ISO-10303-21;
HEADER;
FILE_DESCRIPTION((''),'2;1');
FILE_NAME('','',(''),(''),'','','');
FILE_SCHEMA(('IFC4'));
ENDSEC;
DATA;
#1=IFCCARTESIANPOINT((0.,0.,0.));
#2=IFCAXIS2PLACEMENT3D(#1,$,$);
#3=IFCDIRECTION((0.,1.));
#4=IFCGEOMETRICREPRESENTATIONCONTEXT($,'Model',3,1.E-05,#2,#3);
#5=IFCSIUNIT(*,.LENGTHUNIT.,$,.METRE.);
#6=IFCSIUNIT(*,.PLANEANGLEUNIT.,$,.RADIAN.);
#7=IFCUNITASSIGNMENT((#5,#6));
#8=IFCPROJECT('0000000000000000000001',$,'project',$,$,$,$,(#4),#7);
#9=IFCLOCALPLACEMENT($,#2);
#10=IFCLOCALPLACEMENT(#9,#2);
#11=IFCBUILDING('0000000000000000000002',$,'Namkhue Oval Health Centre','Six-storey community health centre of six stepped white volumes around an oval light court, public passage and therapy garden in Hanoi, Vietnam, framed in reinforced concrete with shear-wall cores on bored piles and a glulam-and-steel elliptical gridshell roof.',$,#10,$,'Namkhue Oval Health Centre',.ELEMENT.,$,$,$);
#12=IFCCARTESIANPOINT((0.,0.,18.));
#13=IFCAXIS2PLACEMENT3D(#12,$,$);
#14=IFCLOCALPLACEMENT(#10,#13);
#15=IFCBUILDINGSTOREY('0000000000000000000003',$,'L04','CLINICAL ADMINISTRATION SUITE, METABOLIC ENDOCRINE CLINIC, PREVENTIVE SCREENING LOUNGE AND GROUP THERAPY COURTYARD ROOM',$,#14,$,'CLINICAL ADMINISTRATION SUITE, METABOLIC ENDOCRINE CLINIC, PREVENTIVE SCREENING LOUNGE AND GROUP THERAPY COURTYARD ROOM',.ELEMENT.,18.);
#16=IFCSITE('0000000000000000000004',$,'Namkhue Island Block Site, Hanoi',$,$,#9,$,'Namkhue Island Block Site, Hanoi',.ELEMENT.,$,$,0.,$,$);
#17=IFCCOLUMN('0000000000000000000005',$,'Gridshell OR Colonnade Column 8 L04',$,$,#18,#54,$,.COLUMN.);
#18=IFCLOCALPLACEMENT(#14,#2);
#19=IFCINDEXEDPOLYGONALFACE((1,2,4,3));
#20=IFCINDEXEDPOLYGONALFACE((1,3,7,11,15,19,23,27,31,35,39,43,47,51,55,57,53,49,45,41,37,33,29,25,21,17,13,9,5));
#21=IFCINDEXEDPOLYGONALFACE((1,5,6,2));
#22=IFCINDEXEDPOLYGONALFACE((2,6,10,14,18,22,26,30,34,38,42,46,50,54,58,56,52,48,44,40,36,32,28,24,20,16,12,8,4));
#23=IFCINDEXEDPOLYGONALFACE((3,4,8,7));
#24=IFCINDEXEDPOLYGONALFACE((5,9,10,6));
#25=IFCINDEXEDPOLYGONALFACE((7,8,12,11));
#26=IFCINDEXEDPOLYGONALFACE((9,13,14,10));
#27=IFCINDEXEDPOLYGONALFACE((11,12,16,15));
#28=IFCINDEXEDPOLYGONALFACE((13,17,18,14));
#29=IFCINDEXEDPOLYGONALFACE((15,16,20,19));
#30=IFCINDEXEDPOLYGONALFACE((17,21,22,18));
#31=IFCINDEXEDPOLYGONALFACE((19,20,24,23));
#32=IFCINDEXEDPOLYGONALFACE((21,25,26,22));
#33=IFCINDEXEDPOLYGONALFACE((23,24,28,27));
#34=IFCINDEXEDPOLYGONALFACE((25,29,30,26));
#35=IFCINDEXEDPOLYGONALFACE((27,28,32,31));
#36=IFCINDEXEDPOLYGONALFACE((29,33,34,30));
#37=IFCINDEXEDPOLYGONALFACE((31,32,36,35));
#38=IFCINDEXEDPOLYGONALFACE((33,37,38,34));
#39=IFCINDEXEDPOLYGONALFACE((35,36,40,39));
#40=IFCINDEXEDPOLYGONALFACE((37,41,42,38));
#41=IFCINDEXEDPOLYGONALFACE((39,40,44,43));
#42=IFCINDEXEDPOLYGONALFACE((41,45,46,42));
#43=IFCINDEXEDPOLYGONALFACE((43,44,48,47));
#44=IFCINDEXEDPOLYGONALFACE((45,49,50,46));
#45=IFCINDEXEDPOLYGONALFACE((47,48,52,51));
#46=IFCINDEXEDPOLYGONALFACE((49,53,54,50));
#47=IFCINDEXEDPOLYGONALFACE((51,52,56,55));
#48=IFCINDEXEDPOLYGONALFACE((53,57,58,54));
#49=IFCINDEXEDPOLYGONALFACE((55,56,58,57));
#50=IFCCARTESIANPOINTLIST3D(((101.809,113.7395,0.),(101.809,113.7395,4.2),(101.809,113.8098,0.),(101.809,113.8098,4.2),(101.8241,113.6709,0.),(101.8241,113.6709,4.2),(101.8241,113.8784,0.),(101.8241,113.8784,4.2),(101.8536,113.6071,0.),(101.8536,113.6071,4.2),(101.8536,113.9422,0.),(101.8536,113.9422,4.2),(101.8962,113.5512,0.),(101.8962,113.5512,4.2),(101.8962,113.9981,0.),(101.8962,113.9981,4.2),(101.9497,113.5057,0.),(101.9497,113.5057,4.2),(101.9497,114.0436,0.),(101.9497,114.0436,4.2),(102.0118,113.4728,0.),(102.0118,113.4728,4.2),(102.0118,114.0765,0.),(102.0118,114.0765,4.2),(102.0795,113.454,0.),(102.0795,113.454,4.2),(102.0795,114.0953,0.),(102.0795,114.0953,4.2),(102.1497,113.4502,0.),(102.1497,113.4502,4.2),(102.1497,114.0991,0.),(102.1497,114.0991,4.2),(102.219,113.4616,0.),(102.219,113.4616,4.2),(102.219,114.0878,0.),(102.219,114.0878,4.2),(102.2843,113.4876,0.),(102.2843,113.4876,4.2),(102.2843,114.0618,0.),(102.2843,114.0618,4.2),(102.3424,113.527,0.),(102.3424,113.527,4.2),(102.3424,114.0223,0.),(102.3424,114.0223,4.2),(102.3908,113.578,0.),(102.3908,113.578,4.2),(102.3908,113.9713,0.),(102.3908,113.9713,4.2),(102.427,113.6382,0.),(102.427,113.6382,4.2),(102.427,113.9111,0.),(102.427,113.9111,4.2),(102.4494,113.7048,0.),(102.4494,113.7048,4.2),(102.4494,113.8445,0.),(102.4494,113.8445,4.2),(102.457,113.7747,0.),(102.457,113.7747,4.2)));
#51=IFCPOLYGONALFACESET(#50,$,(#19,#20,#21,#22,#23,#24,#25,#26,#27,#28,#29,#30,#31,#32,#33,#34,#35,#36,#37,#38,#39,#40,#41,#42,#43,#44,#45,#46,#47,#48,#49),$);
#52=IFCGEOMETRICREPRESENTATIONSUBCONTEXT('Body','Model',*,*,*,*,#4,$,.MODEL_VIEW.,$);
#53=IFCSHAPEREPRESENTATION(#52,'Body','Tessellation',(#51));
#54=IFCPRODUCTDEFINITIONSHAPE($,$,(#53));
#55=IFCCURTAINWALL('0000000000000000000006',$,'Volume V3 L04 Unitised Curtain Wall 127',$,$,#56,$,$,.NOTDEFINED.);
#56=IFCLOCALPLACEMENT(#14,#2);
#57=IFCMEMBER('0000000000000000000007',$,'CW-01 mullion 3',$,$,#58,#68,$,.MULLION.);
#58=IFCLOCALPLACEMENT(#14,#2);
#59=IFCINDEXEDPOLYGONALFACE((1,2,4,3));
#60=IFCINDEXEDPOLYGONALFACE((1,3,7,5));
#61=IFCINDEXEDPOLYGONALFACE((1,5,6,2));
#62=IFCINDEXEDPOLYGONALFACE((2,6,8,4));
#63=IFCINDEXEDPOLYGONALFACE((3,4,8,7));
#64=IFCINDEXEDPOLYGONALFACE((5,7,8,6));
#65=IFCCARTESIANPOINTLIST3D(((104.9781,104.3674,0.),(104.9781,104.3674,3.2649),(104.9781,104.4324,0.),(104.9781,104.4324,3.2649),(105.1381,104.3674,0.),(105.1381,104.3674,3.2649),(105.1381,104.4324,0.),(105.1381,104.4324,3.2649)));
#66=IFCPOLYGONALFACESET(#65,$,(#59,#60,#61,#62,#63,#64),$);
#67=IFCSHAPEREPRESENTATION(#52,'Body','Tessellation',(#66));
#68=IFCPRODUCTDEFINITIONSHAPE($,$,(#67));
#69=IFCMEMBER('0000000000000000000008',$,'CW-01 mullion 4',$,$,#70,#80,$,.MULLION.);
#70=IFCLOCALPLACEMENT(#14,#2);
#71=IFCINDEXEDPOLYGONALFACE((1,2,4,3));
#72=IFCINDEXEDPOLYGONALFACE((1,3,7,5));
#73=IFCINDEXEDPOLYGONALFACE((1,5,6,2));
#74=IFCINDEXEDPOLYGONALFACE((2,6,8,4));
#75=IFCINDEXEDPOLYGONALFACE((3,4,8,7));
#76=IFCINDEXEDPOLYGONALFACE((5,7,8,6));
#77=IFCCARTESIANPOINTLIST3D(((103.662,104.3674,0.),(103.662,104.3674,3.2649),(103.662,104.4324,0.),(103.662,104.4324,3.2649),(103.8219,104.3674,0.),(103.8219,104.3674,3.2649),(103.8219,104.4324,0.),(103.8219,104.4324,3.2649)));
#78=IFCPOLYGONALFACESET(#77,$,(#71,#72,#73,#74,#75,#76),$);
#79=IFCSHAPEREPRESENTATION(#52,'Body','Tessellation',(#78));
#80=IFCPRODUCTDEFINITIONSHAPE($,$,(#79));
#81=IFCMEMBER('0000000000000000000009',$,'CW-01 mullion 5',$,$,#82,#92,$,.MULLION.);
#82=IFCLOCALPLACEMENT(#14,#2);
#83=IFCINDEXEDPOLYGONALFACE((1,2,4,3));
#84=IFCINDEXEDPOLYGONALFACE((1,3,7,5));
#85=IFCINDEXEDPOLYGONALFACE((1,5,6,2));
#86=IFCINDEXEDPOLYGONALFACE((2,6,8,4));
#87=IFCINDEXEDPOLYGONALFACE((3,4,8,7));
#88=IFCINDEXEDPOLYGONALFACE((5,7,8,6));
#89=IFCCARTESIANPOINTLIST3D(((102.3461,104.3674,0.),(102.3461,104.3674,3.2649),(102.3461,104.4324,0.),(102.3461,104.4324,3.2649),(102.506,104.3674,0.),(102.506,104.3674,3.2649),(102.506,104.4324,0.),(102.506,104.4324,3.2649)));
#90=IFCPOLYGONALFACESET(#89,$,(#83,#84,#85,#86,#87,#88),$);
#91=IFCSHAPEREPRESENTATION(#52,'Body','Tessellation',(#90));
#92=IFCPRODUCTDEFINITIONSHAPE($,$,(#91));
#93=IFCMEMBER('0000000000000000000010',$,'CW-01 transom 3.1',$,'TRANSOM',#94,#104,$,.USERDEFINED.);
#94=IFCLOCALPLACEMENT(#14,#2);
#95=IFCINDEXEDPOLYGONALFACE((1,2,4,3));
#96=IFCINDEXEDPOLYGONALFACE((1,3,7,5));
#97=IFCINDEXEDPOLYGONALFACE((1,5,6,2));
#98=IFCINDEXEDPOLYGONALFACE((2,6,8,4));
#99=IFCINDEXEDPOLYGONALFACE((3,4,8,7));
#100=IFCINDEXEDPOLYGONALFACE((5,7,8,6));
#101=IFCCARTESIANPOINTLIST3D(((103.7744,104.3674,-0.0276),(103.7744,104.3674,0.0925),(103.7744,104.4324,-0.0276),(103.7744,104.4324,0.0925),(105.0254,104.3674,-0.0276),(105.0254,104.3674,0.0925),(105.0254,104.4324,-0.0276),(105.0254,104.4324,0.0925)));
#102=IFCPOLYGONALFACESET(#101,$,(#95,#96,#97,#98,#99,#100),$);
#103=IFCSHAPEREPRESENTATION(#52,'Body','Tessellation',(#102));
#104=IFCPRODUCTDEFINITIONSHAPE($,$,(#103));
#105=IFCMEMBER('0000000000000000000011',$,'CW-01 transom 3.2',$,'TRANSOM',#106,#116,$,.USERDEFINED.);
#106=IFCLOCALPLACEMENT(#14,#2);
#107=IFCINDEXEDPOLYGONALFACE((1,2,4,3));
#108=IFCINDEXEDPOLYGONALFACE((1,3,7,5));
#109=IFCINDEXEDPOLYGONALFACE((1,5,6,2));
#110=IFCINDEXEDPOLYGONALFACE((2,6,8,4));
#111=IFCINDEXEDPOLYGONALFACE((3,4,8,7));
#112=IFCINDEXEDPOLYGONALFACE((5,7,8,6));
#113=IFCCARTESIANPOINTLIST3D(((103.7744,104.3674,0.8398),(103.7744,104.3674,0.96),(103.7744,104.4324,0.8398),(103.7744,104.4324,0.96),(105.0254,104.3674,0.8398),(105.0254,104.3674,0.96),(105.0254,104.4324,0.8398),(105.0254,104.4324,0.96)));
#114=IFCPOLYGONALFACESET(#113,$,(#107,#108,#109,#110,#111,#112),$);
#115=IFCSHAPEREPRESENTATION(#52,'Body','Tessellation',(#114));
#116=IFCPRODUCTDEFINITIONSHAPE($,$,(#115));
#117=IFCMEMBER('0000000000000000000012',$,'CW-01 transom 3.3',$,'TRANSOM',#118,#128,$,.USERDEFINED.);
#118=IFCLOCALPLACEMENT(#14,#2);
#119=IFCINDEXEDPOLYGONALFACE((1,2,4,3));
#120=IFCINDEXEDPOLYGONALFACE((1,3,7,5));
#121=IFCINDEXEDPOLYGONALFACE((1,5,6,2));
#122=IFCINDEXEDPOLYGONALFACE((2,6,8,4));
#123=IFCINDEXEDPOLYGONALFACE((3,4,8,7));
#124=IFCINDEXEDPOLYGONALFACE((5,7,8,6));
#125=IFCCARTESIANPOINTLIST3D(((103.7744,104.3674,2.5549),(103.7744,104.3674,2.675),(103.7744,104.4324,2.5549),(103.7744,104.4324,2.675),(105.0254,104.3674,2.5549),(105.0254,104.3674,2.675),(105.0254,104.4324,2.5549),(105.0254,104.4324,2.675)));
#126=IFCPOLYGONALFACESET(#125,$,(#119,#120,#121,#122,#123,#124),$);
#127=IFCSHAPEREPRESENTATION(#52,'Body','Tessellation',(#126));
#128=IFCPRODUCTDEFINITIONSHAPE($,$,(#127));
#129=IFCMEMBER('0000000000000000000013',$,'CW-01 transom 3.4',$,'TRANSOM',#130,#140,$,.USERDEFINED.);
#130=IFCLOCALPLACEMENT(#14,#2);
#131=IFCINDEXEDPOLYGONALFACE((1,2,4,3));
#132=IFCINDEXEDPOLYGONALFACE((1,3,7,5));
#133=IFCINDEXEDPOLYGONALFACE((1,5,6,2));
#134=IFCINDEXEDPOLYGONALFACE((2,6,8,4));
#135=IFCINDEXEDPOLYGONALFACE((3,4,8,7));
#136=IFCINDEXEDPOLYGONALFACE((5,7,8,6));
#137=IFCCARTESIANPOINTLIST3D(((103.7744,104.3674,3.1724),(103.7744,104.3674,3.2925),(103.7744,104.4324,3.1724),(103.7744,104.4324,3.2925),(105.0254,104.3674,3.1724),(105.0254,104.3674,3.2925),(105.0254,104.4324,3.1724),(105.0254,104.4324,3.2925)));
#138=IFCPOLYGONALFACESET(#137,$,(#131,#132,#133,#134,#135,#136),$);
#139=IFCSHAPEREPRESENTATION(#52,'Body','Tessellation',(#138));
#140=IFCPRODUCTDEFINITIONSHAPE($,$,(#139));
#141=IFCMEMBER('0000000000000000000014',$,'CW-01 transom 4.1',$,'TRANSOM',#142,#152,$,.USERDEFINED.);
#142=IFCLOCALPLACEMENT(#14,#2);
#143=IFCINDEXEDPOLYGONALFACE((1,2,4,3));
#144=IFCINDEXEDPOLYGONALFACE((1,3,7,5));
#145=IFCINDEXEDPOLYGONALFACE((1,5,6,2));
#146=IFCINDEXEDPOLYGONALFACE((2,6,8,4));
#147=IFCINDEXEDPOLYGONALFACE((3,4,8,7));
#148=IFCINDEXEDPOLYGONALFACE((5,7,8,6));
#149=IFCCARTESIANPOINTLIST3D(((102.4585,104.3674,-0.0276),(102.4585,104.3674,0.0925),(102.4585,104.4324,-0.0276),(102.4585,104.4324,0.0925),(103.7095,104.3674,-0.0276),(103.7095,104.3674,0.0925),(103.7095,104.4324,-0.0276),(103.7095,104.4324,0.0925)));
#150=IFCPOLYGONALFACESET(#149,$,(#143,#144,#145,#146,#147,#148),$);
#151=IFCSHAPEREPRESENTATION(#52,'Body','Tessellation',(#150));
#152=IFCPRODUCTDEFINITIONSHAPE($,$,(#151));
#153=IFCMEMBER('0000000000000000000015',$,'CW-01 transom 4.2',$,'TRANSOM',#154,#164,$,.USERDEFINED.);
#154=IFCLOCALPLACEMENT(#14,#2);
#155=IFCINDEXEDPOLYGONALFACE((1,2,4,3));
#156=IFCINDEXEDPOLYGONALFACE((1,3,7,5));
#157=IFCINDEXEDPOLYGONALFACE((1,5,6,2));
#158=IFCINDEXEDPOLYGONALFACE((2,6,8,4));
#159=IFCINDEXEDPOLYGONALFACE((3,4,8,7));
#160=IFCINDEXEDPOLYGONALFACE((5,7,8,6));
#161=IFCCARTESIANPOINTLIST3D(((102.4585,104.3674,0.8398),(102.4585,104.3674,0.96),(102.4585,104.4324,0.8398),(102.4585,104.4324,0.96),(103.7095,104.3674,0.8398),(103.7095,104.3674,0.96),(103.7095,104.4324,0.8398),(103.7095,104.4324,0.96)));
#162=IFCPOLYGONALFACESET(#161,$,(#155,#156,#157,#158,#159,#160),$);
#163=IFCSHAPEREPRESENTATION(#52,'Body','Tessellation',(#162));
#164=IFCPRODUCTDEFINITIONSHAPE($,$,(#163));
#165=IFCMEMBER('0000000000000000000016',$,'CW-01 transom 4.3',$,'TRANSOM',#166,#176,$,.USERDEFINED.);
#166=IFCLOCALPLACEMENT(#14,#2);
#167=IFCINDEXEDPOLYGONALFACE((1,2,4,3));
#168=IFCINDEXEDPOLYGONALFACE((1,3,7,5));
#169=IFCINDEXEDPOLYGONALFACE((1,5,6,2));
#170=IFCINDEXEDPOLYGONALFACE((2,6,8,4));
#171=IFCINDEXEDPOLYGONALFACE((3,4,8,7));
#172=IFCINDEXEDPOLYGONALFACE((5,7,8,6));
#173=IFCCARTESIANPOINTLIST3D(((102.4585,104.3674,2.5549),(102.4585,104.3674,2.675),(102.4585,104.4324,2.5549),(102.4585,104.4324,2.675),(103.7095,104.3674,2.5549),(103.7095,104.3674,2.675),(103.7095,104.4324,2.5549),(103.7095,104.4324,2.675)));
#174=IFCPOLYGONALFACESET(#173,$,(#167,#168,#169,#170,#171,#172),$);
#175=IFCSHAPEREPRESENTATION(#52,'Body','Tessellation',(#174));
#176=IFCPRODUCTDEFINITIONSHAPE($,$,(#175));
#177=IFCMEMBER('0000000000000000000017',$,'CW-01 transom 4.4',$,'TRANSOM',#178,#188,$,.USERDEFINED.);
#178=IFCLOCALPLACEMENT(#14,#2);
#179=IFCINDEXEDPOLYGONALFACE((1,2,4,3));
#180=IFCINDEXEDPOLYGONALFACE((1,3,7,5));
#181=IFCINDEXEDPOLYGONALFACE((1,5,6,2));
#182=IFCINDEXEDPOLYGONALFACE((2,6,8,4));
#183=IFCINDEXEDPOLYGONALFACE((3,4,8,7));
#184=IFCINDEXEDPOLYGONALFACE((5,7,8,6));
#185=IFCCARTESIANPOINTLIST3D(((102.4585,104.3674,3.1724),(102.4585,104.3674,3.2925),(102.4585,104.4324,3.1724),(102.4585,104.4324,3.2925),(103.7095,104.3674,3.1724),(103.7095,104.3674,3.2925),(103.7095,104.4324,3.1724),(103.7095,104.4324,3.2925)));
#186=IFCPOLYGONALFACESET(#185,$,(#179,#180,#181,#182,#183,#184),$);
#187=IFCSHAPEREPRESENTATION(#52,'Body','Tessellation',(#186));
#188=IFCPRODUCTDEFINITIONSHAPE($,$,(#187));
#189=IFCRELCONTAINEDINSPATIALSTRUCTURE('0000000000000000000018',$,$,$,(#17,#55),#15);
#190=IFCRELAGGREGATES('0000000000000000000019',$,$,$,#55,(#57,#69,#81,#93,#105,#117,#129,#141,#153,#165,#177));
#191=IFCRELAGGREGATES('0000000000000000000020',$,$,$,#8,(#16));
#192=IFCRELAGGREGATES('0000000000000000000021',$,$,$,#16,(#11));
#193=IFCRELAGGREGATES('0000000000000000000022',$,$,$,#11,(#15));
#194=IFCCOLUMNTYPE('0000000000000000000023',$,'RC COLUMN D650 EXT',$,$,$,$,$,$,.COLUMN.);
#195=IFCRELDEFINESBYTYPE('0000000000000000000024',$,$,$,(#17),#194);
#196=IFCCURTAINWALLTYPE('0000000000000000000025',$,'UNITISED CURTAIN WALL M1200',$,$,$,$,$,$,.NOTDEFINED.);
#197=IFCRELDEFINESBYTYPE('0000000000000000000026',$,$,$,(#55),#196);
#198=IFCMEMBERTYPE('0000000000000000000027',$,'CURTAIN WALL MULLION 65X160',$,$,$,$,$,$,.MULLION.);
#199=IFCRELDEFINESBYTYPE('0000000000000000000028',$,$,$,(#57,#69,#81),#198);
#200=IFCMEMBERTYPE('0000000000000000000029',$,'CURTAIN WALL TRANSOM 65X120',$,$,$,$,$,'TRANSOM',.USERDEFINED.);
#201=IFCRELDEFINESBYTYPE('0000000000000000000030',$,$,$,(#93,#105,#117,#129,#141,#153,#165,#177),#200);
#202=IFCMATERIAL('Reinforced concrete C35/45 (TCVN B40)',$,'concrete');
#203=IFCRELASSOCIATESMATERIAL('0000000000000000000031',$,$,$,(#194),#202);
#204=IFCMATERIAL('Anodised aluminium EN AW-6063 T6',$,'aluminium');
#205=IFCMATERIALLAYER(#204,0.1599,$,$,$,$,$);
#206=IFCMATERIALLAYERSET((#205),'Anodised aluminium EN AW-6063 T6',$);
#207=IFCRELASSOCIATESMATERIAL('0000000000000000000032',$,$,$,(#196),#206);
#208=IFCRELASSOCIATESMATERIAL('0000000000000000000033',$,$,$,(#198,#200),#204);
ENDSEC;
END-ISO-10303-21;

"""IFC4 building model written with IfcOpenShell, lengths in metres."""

from ifc_helpers import new_model, si_unit, direction, frame, origin, origin_2d, place, context, subcontext, project, spatial, rectangle, circle, extrude, material, layer, layer_set, material_profile, profile_set, type_object, element, aggregate, save


model = new_model("IFC4")

# Units and contexts
model_context = context("Model", 3, precision=1e-05, world=origin(), true_north=direction((0.0, 1.0)))
body_context = subcontext(model_context, "Body", "Model", "MODEL_VIEW")
ifc_project = project(units=[si_unit("LENGTHUNIT", "METRE"), si_unit("PLANEANGLEUNIT", "RADIAN")], contexts=[model_context])

# Site, building, storey
site_placement = place(None, origin())
site = spatial("IfcSite", under=ifc_project, at=site_placement, Name="Namkhue Island Block Site, Hanoi", LongName="Namkhue Island Block Site, Hanoi", CompositionType="ELEMENT", RefElevation=0.0)
building_placement = place(site_placement, origin())
building = spatial("IfcBuilding", under=site, at=building_placement, Name="Namkhue Oval Health Centre", Description="Six-storey community health centre of six stepped white volumes around an oval light court, public passage and therapy garden in Hanoi, Vietnam, framed in reinforced concrete with shear-wall cores on bored piles and a glulam-and-steel elliptical gridshell roof.", LongName="Namkhue Oval Health Centre", CompositionType="ELEMENT")
storey_placement = place(building_placement, frame((0.0, 0.0, 18.0)))
storey = spatial("IfcBuildingStorey", under=building, at=storey_placement, Name="L04", Description="CLINICAL ADMINISTRATION SUITE, METABOLIC ENDOCRINE CLINIC, PREVENTIVE SCREENING LOUNGE AND GROUP THERAPY COURTYARD ROOM", LongName="CLINICAL ADMINISTRATION SUITE, METABOLIC ENDOCRINE CLINIC, PREVENTIVE SCREENING LOUNGE AND GROUP THERAPY COURTYARD ROOM", CompositionType="ELEMENT", Elevation=18.0)

# Column
ifc_material_1 = material(Name="Reinforced concrete C35/45 (TCVN B40)", Category="concrete")
ifc_material_profile_1 = material_profile(ifc_material_1, circle(Radius=0.325, at=origin_2d()), Name="RC D650")
ifc_profile_set_1 = profile_set([ifc_material_profile_1], Name="Reinforced concrete C35/45 (TCVN B40)")
column_type = type_object("IfcColumnType", Name="RC COLUMN D650 EXT", PredefinedType="COLUMN", material=ifc_profile_set_1)
column_placement = place(storey_placement, frame((102.1321, 113.7747, 0.0), z_axis=(0.0, 0.0, 1.0), x_axis=(1.0, 0.0, 0.0)))
element("IfcColumn", 1, at=column_placement, inside=storey, type_object=column_type, Name="Gridshell OR Colonnade Column 8 L04", PredefinedType="COLUMN", context=body_context, shape_type="SweptSolid", body=[
    extrude(circle(Radius=0.325, at=origin_2d()), origin(), (0.0, 0.0, 1.0), 4.2),
])

# Curtain wall, members
ifc_material_2 = material(Name="Anodised aluminium EN AW-6063 T6", Category="aluminium")
ifc_layer_1 = layer(ifc_material_2, 0.1599)
ifc_layer_set_1 = layer_set([ifc_layer_1], Name="Anodised aluminium EN AW-6063 T6")
curtain_wall_type = type_object("IfcCurtainWallType", Name="UNITISED CURTAIN WALL M1200", PredefinedType="NOTDEFINED", material=ifc_layer_set_1)
curtain_wall_placement = place(storey_placement, origin())
curtain_wall = element("IfcCurtainWall", 2, at=curtain_wall_placement, inside=storey, type_object=curtain_wall_type, Name="Volume V3 L04 Unitised Curtain Wall 127", PredefinedType="NOTDEFINED")
ifc_material_profile_2 = material_profile(ifc_material_2, rectangle(XDim=0.0649, YDim=0.1599, at=origin_2d()), Name="ALU 65x160")
ifc_profile_set_2 = profile_set([ifc_material_profile_2], Name="Anodised aluminium EN AW-6063 T6")
member_type_1 = type_object("IfcMemberType", Name="CURTAIN WALL MULLION 65X160", PredefinedType="MULLION", material=ifc_profile_set_2)
member_1_placement = place(storey_placement, frame((105.0581, 104.3999, 0.0), z_axis=(0.0, 0.0, 1.0), x_axis=(0.0, -1.0, 0.0)))
member_1 = element("IfcMember", 3, at=member_1_placement, type_object=member_type_1, Name="CW-01 mullion 3", PredefinedType="MULLION", context=body_context, shape_type="SweptSolid", body=[
    extrude(rectangle(XDim=0.0649, YDim=0.1599, at=origin_2d()), origin(), (0.0, 0.0, 1.0), 3.2649),
])
member_2_placement = place(storey_placement, frame((103.7419, 104.3999, 0.0), z_axis=(0.0, 0.0, 1.0), x_axis=(0.0, -1.0, 0.0)))
member_2 = element("IfcMember", 4, at=member_2_placement, type_object=member_type_1, Name="CW-01 mullion 4", PredefinedType="MULLION", context=body_context, shape_type="SweptSolid", body=[
    extrude(rectangle(XDim=0.0649, YDim=0.1599, at=origin_2d()), origin(), (0.0, 0.0, 1.0), 3.2649),
])
member_3_placement = place(storey_placement, frame((102.426, 104.3999, 0.0), z_axis=(0.0, 0.0, 1.0), x_axis=(0.0, -1.0, 0.0)))
member_3 = element("IfcMember", 5, at=member_3_placement, type_object=member_type_1, Name="CW-01 mullion 5", PredefinedType="MULLION", context=body_context, shape_type="SweptSolid", body=[
    extrude(rectangle(XDim=0.0649, YDim=0.1599, at=origin_2d()), origin(), (0.0, 0.0, 1.0), 3.2649),
])
ifc_material_profile_3 = material_profile(ifc_material_2, rectangle(XDim=0.0649, YDim=0.1201, at=origin_2d()), Name="ALU 65x120")
ifc_profile_set_3 = profile_set([ifc_material_profile_3], Name="Anodised aluminium EN AW-6063 T6")
member_type_2 = type_object("IfcMemberType", Name="CURTAIN WALL TRANSOM 65X120", ElementType="TRANSOM", PredefinedType="USERDEFINED", material=ifc_profile_set_3)
member_4_placement = place(storey_placement, frame((105.0254, 104.3999, 0.0325), z_axis=(-1.0, 0.0, 0.0), x_axis=(0.0, -1.0, 0.0)))
member_4 = element("IfcMember", 6, at=member_4_placement, type_object=member_type_2, Name="CW-01 transom 3.1", ObjectType="TRANSOM", PredefinedType="USERDEFINED", context=body_context, shape_type="SweptSolid", body=[
    extrude(rectangle(XDim=0.0649, YDim=0.1201, at=origin_2d()), origin(), (0.0, 0.0, 1.0), 1.251),
])
member_5_placement = place(storey_placement, frame((105.0254, 104.3999, 0.8999), z_axis=(-1.0, 0.0, 0.0), x_axis=(0.0, -1.0, 0.0)))
member_5 = element("IfcMember", 7, at=member_5_placement, type_object=member_type_2, Name="CW-01 transom 3.2", ObjectType="TRANSOM", PredefinedType="USERDEFINED", context=body_context, shape_type="SweptSolid", body=[
    extrude(rectangle(XDim=0.0649, YDim=0.1201, at=origin_2d()), origin(), (0.0, 0.0, 1.0), 1.251),
])
member_6_placement = place(storey_placement, frame((105.0254, 104.3999, 2.615), z_axis=(-1.0, 0.0, 0.0), x_axis=(0.0, -1.0, 0.0)))
member_6 = element("IfcMember", 8, at=member_6_placement, type_object=member_type_2, Name="CW-01 transom 3.3", ObjectType="TRANSOM", PredefinedType="USERDEFINED", context=body_context, shape_type="SweptSolid", body=[
    extrude(rectangle(XDim=0.0649, YDim=0.1201, at=origin_2d()), origin(), (0.0, 0.0, 1.0), 1.251),
])
member_7_placement = place(storey_placement, frame((105.0254, 104.3999, 3.2324), z_axis=(-1.0, 0.0, 0.0), x_axis=(0.0, -1.0, 0.0)))
member_7 = element("IfcMember", 9, at=member_7_placement, type_object=member_type_2, Name="CW-01 transom 3.4", ObjectType="TRANSOM", PredefinedType="USERDEFINED", context=body_context, shape_type="SweptSolid", body=[
    extrude(rectangle(XDim=0.0649, YDim=0.1201, at=origin_2d()), origin(), (0.0, 0.0, 1.0), 1.251),
])
member_8_placement = place(storey_placement, frame((103.7095, 104.3999, 0.0325), z_axis=(-1.0, 0.0, 0.0), x_axis=(0.0, -1.0, 0.0)))
member_8 = element("IfcMember", 10, at=member_8_placement, type_object=member_type_2, Name="CW-01 transom 4.1", ObjectType="TRANSOM", PredefinedType="USERDEFINED", context=body_context, shape_type="SweptSolid", body=[
    extrude(rectangle(XDim=0.0649, YDim=0.1201, at=origin_2d()), origin(), (0.0, 0.0, 1.0), 1.251),
])
member_9_placement = place(storey_placement, frame((103.7095, 104.3999, 0.8999), z_axis=(-1.0, 0.0, 0.0), x_axis=(0.0, -1.0, 0.0)))
member_9 = element("IfcMember", 11, at=member_9_placement, type_object=member_type_2, Name="CW-01 transom 4.2", ObjectType="TRANSOM", PredefinedType="USERDEFINED", context=body_context, shape_type="SweptSolid", body=[
    extrude(rectangle(XDim=0.0649, YDim=0.1201, at=origin_2d()), origin(), (0.0, 0.0, 1.0), 1.251),
])
member_10_placement = place(storey_placement, frame((103.7095, 104.3999, 2.615), z_axis=(-1.0, 0.0, 0.0), x_axis=(0.0, -1.0, 0.0)))
member_10 = element("IfcMember", 12, at=member_10_placement, type_object=member_type_2, Name="CW-01 transom 4.3", ObjectType="TRANSOM", PredefinedType="USERDEFINED", context=body_context, shape_type="SweptSolid", body=[
    extrude(rectangle(XDim=0.0649, YDim=0.1201, at=origin_2d()), origin(), (0.0, 0.0, 1.0), 1.251),
])
member_11_placement = place(storey_placement, frame((103.7095, 104.3999, 3.2324), z_axis=(-1.0, 0.0, 0.0), x_axis=(0.0, -1.0, 0.0)))
member_11 = element("IfcMember", 13, at=member_11_placement, type_object=member_type_2, Name="CW-01 transom 4.4", ObjectType="TRANSOM", PredefinedType="USERDEFINED", context=body_context, shape_type="SweptSolid", body=[
    extrude(rectangle(XDim=0.0649, YDim=0.1201, at=origin_2d()), origin(), (0.0, 0.0, 1.0), 1.251),
])
aggregate(curtain_wall, [member_1, member_2, member_3, member_4, member_5, member_6, member_7, member_8, member_9, member_10, member_11])

save(model, "model.ifc")
